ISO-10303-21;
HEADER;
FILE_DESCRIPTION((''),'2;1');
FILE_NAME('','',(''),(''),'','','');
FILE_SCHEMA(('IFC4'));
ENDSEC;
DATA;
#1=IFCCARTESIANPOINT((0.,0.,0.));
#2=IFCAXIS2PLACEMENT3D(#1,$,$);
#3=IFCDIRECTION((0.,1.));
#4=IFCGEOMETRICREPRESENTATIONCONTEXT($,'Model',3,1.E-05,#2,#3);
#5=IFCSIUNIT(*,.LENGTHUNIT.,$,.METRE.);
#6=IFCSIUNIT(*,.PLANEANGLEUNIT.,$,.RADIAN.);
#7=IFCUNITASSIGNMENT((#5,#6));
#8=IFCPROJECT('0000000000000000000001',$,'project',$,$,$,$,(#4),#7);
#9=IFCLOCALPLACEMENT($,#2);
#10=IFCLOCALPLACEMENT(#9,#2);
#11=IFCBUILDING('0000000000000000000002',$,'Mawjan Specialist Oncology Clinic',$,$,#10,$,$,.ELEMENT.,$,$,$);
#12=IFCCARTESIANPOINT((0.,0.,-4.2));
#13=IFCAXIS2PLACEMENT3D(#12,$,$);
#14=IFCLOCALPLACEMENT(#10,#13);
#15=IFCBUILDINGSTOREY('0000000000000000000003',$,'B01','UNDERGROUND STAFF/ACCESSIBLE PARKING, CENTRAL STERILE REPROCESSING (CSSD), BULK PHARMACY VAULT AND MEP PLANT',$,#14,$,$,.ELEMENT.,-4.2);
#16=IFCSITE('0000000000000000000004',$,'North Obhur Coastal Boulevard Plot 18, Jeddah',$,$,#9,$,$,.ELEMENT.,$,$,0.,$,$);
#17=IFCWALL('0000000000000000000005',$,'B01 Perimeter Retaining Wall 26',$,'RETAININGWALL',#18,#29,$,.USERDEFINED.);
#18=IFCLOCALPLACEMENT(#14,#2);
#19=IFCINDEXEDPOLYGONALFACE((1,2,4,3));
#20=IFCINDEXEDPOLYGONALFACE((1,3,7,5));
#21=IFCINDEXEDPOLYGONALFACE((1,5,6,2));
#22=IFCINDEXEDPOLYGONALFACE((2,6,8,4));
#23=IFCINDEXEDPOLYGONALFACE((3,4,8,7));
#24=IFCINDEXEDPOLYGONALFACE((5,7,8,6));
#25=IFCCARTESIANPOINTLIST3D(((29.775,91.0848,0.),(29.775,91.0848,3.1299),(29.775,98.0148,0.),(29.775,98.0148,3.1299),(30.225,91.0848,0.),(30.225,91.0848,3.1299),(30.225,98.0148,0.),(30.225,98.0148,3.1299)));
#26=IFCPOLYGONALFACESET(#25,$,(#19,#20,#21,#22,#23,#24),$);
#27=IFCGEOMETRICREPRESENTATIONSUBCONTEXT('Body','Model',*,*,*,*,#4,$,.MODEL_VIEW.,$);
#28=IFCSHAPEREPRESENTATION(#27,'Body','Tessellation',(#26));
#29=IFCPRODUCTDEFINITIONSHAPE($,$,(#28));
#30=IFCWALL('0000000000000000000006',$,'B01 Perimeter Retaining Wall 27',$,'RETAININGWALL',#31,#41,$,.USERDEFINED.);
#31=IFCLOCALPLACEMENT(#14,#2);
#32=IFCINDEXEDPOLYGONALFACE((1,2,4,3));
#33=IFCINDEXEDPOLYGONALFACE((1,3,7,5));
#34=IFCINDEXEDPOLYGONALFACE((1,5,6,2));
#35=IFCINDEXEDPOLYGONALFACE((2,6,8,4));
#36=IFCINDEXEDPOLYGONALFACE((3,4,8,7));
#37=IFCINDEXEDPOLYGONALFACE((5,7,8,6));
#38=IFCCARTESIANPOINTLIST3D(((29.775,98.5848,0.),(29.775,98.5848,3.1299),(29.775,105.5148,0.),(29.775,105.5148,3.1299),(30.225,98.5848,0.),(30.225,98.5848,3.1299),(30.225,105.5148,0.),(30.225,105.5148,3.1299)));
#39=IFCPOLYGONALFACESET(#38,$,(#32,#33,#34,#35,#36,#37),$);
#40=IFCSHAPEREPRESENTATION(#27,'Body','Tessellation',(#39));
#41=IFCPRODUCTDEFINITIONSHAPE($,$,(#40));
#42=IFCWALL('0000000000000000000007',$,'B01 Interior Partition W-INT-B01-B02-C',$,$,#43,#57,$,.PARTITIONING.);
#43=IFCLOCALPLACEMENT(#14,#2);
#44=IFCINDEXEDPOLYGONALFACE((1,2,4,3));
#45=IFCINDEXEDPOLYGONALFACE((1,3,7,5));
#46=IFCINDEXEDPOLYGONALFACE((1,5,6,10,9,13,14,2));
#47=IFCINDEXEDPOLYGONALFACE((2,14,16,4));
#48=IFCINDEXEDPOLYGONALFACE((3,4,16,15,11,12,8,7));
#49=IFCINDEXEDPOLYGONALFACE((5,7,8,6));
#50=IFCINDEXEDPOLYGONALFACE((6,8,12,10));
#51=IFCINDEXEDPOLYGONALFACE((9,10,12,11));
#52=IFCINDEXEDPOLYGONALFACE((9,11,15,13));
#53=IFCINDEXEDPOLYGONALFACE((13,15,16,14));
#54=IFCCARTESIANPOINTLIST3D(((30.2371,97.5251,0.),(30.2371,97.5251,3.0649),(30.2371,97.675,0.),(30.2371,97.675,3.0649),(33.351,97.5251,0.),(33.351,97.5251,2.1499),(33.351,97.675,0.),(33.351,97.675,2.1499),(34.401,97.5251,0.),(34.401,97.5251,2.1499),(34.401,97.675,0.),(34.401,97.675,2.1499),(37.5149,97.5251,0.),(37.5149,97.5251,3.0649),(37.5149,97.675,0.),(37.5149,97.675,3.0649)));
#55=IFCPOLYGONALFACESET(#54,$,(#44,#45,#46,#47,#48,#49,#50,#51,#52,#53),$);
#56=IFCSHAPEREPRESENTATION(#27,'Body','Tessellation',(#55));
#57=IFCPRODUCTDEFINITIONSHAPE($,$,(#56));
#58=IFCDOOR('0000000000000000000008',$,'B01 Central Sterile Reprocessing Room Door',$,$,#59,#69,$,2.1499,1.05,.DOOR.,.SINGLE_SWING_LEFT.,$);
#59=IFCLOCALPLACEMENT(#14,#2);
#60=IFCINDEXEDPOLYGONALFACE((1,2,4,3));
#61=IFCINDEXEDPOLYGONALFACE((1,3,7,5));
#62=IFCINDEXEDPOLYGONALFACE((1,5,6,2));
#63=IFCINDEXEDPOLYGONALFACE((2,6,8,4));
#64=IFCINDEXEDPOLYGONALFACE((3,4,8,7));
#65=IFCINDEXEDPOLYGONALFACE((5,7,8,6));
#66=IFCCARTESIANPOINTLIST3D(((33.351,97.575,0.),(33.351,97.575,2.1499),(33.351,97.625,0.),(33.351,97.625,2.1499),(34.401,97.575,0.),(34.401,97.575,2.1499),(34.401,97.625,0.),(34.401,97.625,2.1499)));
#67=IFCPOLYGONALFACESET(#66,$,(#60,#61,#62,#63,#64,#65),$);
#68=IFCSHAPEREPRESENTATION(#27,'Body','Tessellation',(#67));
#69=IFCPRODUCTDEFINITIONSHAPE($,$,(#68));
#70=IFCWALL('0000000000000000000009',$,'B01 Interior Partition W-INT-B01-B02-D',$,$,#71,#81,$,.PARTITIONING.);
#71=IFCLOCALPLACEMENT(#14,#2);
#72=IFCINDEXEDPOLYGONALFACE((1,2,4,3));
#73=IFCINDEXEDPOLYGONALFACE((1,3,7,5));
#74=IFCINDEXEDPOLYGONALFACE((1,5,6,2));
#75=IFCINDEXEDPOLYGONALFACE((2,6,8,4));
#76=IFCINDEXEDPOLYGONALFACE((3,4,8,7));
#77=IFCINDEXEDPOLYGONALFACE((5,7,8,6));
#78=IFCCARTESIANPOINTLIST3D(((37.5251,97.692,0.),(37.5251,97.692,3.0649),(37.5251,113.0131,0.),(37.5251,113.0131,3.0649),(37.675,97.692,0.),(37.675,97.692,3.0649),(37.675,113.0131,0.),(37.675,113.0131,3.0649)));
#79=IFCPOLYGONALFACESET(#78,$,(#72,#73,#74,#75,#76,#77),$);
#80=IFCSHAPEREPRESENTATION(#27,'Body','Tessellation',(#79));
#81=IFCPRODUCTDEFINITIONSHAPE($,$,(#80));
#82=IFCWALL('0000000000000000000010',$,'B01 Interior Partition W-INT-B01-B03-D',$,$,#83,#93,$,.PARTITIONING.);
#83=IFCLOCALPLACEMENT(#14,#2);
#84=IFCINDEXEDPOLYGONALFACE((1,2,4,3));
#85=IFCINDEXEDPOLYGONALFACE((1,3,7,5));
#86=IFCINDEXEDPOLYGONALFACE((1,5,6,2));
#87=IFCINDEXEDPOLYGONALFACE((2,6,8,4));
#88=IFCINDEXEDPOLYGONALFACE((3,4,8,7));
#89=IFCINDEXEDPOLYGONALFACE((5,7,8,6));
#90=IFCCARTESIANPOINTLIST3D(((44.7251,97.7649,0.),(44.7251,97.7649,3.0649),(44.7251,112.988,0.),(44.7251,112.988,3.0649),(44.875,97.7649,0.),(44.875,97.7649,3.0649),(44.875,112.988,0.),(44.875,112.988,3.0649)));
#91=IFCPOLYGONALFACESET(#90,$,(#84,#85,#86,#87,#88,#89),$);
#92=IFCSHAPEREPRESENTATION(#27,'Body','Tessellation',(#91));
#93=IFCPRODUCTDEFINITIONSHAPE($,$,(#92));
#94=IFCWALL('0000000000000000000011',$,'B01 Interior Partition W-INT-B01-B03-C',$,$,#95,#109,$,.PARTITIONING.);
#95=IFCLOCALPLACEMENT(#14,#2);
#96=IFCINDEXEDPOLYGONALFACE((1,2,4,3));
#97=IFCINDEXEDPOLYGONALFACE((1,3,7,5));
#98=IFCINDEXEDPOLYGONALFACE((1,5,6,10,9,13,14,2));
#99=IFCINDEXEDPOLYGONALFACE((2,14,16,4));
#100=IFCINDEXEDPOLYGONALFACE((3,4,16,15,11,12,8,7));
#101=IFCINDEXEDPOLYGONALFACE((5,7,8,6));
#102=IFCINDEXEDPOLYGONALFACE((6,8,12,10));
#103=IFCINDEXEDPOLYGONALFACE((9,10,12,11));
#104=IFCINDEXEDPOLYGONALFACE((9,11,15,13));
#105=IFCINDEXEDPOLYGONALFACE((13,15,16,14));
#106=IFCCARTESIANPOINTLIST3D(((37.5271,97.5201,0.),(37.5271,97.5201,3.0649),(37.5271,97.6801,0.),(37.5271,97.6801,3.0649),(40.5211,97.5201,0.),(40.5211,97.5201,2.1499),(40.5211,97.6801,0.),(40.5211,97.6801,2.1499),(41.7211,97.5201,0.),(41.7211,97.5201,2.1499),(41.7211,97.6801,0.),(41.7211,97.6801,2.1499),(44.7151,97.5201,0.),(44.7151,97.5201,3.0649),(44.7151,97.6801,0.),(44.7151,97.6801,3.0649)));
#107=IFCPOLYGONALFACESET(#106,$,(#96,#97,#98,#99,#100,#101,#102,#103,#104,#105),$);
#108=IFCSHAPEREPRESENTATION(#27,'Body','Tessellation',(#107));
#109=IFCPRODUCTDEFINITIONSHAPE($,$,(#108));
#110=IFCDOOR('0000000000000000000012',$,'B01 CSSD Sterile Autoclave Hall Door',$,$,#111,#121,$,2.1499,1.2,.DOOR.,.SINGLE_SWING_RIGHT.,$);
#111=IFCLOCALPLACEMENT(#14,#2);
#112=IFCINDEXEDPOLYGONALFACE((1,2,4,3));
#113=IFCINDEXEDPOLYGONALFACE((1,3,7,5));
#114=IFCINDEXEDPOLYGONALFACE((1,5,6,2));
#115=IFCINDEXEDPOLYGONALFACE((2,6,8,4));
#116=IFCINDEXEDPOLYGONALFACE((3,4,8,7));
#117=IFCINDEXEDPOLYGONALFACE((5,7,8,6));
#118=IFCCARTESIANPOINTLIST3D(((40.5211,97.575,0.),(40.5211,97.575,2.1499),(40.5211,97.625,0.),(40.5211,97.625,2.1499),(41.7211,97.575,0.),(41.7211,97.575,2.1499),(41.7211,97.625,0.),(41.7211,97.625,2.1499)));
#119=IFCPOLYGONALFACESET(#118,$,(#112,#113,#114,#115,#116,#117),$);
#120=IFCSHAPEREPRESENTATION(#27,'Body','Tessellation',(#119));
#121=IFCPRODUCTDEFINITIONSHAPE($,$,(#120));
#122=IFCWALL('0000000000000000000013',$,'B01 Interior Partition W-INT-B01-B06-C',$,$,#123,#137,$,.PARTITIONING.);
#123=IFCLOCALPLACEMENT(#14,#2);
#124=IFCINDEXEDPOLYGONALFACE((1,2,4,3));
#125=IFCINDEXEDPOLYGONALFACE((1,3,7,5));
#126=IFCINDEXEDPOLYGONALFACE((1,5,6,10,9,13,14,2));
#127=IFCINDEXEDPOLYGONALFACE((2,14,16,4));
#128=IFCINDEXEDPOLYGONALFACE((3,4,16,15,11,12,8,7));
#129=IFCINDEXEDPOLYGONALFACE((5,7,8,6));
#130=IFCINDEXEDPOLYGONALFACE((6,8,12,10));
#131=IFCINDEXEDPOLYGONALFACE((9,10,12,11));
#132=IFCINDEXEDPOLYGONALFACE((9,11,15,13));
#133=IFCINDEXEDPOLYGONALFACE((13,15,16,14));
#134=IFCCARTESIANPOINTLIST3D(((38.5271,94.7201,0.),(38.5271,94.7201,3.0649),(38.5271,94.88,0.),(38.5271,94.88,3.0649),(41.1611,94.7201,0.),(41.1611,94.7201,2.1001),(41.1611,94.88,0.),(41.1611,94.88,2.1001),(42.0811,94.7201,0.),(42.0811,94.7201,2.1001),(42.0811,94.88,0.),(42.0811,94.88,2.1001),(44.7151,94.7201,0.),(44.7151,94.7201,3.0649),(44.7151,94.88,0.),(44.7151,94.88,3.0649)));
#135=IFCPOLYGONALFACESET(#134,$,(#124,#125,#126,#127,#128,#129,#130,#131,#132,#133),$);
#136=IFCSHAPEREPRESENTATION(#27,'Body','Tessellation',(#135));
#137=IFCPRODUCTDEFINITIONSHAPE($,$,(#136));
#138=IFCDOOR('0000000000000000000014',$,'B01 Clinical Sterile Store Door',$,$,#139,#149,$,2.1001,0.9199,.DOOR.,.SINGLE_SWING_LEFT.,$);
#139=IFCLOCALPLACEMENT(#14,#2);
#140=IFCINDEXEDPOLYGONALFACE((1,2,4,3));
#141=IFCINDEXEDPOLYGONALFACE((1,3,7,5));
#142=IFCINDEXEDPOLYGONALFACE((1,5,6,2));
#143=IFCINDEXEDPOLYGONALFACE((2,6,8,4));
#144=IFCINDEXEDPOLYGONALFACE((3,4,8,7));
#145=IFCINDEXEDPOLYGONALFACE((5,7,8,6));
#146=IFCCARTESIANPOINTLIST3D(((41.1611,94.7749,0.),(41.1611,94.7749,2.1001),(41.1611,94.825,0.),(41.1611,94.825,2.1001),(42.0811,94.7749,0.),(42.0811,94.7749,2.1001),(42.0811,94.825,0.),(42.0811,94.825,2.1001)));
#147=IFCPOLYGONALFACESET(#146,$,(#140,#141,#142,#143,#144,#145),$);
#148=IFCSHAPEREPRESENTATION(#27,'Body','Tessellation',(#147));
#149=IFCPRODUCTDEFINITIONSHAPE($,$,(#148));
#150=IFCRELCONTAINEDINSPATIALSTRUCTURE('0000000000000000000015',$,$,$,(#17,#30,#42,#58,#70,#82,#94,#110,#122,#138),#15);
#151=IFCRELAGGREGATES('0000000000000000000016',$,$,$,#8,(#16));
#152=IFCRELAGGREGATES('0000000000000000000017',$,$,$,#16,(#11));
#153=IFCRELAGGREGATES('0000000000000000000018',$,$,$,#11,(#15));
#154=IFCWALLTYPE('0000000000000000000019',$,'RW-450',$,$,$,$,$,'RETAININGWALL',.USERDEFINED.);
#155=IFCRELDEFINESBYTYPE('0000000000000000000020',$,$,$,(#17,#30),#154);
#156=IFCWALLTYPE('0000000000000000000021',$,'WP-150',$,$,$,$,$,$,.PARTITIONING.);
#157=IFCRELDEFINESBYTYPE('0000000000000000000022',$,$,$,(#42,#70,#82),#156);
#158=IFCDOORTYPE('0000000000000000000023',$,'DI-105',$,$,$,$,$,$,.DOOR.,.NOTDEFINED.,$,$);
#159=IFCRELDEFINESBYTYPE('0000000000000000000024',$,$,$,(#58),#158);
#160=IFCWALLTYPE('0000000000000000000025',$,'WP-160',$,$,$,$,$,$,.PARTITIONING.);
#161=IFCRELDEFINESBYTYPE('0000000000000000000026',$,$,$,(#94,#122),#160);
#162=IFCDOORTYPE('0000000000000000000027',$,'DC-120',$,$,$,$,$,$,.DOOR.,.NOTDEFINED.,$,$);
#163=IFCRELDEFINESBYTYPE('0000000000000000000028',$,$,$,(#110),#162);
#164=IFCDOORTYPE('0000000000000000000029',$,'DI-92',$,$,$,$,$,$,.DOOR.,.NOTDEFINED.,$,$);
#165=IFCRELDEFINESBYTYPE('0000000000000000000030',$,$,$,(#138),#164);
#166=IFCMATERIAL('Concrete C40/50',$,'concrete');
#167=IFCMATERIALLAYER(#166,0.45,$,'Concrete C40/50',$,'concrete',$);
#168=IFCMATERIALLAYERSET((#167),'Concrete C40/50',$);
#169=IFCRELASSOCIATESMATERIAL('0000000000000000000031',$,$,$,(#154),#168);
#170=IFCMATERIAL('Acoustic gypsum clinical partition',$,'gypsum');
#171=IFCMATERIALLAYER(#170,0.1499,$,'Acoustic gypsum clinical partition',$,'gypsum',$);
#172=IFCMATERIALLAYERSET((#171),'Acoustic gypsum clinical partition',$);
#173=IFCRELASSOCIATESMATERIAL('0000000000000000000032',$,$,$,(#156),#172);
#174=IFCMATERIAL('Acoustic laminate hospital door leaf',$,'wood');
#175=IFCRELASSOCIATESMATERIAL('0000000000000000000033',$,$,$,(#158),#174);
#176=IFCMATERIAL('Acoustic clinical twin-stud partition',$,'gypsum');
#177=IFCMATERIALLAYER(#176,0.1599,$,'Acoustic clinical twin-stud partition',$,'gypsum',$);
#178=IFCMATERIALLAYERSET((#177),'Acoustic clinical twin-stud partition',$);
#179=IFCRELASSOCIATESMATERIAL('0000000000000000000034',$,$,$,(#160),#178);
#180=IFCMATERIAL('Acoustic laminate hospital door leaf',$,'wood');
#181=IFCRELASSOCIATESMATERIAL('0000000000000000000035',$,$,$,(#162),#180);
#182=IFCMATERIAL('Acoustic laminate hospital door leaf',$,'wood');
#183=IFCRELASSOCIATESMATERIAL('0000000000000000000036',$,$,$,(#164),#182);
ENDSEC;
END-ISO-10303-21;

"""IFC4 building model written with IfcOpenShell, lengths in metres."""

from ifc_helpers import new_model, si_unit, direction, frame, frame_2d, origin, place, context, subcontext, project, spatial, rectangle, extrude, material, layer, layer_set, type_object, element, fill, save


model = new_model("IFC4")

# Units and contexts
model_context = context("Model", 3, precision=1e-05, world=origin(), true_north=direction((0.0, 1.0)))
body_context = subcontext(model_context, "Body", "Model", "MODEL_VIEW")
ifc_project = project(units=[si_unit("LENGTHUNIT", "METRE"), si_unit("PLANEANGLEUNIT", "RADIAN")], contexts=[model_context])

# Site, building, storey
site_placement = place(None, origin())
site = spatial("IfcSite", under=ifc_project, at=site_placement, Name="North Obhur Coastal Boulevard Plot 18, Jeddah", CompositionType="ELEMENT", RefElevation=0.0)
building_placement = place(site_placement, origin())
building = spatial("IfcBuilding", under=site, at=building_placement, Name="Mawjan Specialist Oncology Clinic", CompositionType="ELEMENT")
storey_placement = place(building_placement, frame((0.0, 0.0, -4.2)))
storey = spatial("IfcBuildingStorey", under=building, at=storey_placement, Name="B01", Description="UNDERGROUND STAFF/ACCESSIBLE PARKING, CENTRAL STERILE REPROCESSING (CSSD), BULK PHARMACY VAULT AND MEP PLANT", CompositionType="ELEMENT", Elevation=-4.2)

# Walls
ifc_material_1 = material(Name="Concrete C40/50", Category="concrete")
ifc_layer_1 = layer(ifc_material_1, 0.45, Name="Concrete C40/50", Category="concrete")
ifc_layer_set_1 = layer_set([ifc_layer_1], Name="Concrete C40/50")
wall_type_1 = type_object("IfcWallType", Name="RW-450", ElementType="RETAININGWALL", PredefinedType="USERDEFINED", material=ifc_layer_set_1)
for number, where, z_axis, x_axis, name in (
    (1, (30.0, 91.085, 0.0), (0.0, 0.0, 1.0), (0.0, 1.0, 0.0), "B01 Perimeter Retaining Wall 26"),
    (2, (30.0, 98.585, 0.0), (0.0, 0.0, 1.0), (0.0, 1.0, 0.0), "B01 Perimeter Retaining Wall 27"),
):
    element("IfcWall", number, at=place(storey_placement, frame(where, z_axis=z_axis, x_axis=x_axis)), inside=storey, type_object=wall_type_1, Name=name, ObjectType="RETAININGWALL", PredefinedType="USERDEFINED", context=body_context, shape_type="SweptSolid", body=[
        extrude(rectangle(XDim=6.9299, YDim=0.45, at=frame_2d((3.4648, 0.0))), origin(), (0.0, 0.0, 1.0), 3.1299),
    ])

# Wall, opening, door
ifc_material_2 = material(Name="Acoustic gypsum clinical partition", Category="gypsum")
ifc_layer_2 = layer(ifc_material_2, 0.1499, Name="Acoustic gypsum clinical partition", Category="gypsum")
ifc_layer_set_2 = layer_set([ifc_layer_2], Name="Acoustic gypsum clinical partition")
wall_type_2 = type_object("IfcWallType", Name="WP-150", PredefinedType="PARTITIONING", material=ifc_layer_set_2)
wall_1_placement = place(storey_placement, frame((30.2371, 97.6001, 0.0), z_axis=(0.0, 0.0, 1.0), x_axis=(1.0, 0.0, 0.0)))
wall_1 = element("IfcWall", 3, at=wall_1_placement, inside=storey, type_object=wall_type_2, Name="B01 Interior Partition W-INT-B01-B02-C", PredefinedType="PARTITIONING", context=body_context, shape_type="SweptSolid", body=[
    extrude(rectangle(XDim=7.2778, YDim=0.1499, at=frame_2d((3.6389, 0.0))), origin(), (0.0, 0.0, 1.0), 3.0649),
])
opening_1_placement = place(wall_1_placement, frame((3.114, 0.0, 0.0)))
opening_1 = element("IfcOpeningElement", 4, at=opening_1_placement, cuts=wall_1, PredefinedType="OPENING", context=body_context, shape_type="SweptSolid", body=[
    extrude(rectangle(XDim=1.05, YDim=2.1499, at=frame_2d((0.5249, 1.075))), frame((0.0, 0.0869, 0.0), z_axis=(0.0, -1.0, 0.0), x_axis=(1.0, 0.0, 0.0)), (0.0, 0.0, 1.0), 0.1738),
])
ifc_material_3 = material(Name="Acoustic laminate hospital door leaf", Category="wood")
door_type_1 = type_object("IfcDoorType", Name="DI-105", OperationType="NOTDEFINED", PredefinedType="DOOR", material=ifc_material_3)
door_1_placement = place(opening_1_placement, origin())
door_1 = element("IfcDoor", 5, at=door_1_placement, inside=storey, type_object=door_type_1, Name="B01 Central Sterile Reprocessing Room Door", OperationType="SINGLE_SWING_LEFT", OverallHeight=2.1499, OverallWidth=1.05, PredefinedType="DOOR", context=body_context, shape_type="SweptSolid", body=[
    extrude(rectangle(XDim=1.05, YDim=2.1499, at=frame_2d((0.5249, 1.075))), frame((0.0, 0.0249, 0.0), z_axis=(0.0, -1.0, 0.0), x_axis=(1.0, 0.0, 0.0)), (0.0, 0.0, 1.0), 0.05),
])
fill(opening_1, door_1)

# Walls
wall_2_placement = place(storey_placement, frame((37.6001, 97.6919, 0.0), z_axis=(0.0, 0.0, 1.0), x_axis=(0.0, 1.0, 0.0)))
element("IfcWall", 6, at=wall_2_placement, inside=storey, type_object=wall_type_2, Name="B01 Interior Partition W-INT-B01-B02-D", PredefinedType="PARTITIONING", context=body_context, shape_type="SweptSolid", body=[
    extrude(rectangle(XDim=15.321, YDim=0.1499, at=frame_2d((7.6606, 0.0))), origin(), (0.0, 0.0, 1.0), 3.0649),
])
wall_3_placement = place(storey_placement, frame((44.8, 97.7649, 0.0), z_axis=(0.0, 0.0, 1.0), x_axis=(0.0, 1.0, 0.0)))
element("IfcWall", 7, at=wall_3_placement, inside=storey, type_object=wall_type_2, Name="B01 Interior Partition W-INT-B01-B03-D", PredefinedType="PARTITIONING", context=body_context, shape_type="SweptSolid", body=[
    extrude(rectangle(XDim=15.2231, YDim=0.1499, at=frame_2d((7.6116, 0.0))), origin(), (0.0, 0.0, 1.0), 3.0649),
])

# Walls, openings, doors
ifc_material_4 = material(Name="Acoustic clinical twin-stud partition", Category="gypsum")
ifc_layer_3 = layer(ifc_material_4, 0.1599, Name="Acoustic clinical twin-stud partition", Category="gypsum")
ifc_layer_set_3 = layer_set([ifc_layer_3], Name="Acoustic clinical twin-stud partition")
wall_type_3 = type_object("IfcWallType", Name="WP-160", PredefinedType="PARTITIONING", material=ifc_layer_set_3)
wall_4_placement = place(storey_placement, frame((37.5271, 97.6001, 0.0), z_axis=(0.0, 0.0, 1.0), x_axis=(1.0, 0.0, 0.0)))
wall_4 = element("IfcWall", 8, at=wall_4_placement, inside=storey, type_object=wall_type_3, Name="B01 Interior Partition W-INT-B01-B03-C", PredefinedType="PARTITIONING", context=body_context, shape_type="SweptSolid", body=[
    extrude(rectangle(XDim=7.188, YDim=0.1599, at=frame_2d((3.594, 0.0))), origin(), (0.0, 0.0, 1.0), 3.0649),
])
opening_2_placement = place(wall_4_placement, frame((2.9939, 0.0, 0.0)))
opening_2 = element("IfcOpeningElement", 9, at=opening_2_placement, cuts=wall_4, PredefinedType="OPENING", context=body_context, shape_type="SweptSolid", body=[
    extrude(rectangle(XDim=1.2, YDim=2.1499, at=frame_2d((0.6001, 1.075))), frame((0.0, 0.092, 0.0), z_axis=(0.0, -1.0, 0.0), x_axis=(1.0, 0.0, 0.0)), (0.0, 0.0, 1.0), 0.1838),
])
ifc_material_5 = material(Name="Acoustic laminate hospital door leaf", Category="wood")
door_type_2 = type_object("IfcDoorType", Name="DC-120", OperationType="NOTDEFINED", PredefinedType="DOOR", material=ifc_material_5)
door_2_placement = place(opening_2_placement, origin())
door_2 = element("IfcDoor", 10, at=door_2_placement, inside=storey, type_object=door_type_2, Name="B01 CSSD Sterile Autoclave Hall Door", OperationType="SINGLE_SWING_RIGHT", OverallHeight=2.1499, OverallWidth=1.2, PredefinedType="DOOR", context=body_context, shape_type="SweptSolid", body=[
    extrude(rectangle(XDim=1.2, YDim=2.1499, at=frame_2d((0.6001, 1.075))), frame((0.0, 0.0249, 0.0), z_axis=(0.0, -1.0, 0.0), x_axis=(1.0, 0.0, 0.0)), (0.0, 0.0, 1.0), 0.05),
])
fill(opening_2, door_2)
wall_5_placement = place(storey_placement, frame((38.5271, 94.8, 0.0), z_axis=(0.0, 0.0, 1.0), x_axis=(1.0, 0.0, 0.0)))
wall_5 = element("IfcWall", 11, at=wall_5_placement, inside=storey, type_object=wall_type_3, Name="B01 Interior Partition W-INT-B01-B06-C", PredefinedType="PARTITIONING", context=body_context, shape_type="SweptSolid", body=[
    extrude(rectangle(XDim=6.188, YDim=0.1599, at=frame_2d((3.094, 0.0))), origin(), (0.0, 0.0, 1.0), 3.0649),
])
opening_3_placement = place(wall_5_placement, frame((2.634, 0.0, 0.0)))
opening_3 = element("IfcOpeningElement", 12, at=opening_3_placement, cuts=wall_5, PredefinedType="OPENING", context=body_context, shape_type="SweptSolid", body=[
    extrude(rectangle(XDim=0.9199, YDim=2.1001, at=frame_2d((0.46, 1.05))), frame((0.0, 0.092, 0.0), z_axis=(0.0, -1.0, 0.0), x_axis=(1.0, 0.0, 0.0)), (0.0, 0.0, 1.0), 0.1838),
])
ifc_material_6 = material(Name="Acoustic laminate hospital door leaf", Category="wood")
door_type_3 = type_object("IfcDoorType", Name="DI-92", OperationType="NOTDEFINED", PredefinedType="DOOR", material=ifc_material_6)
door_3_placement = place(opening_3_placement, origin())
door_3 = element("IfcDoor", 13, at=door_3_placement, inside=storey, type_object=door_type_3, Name="B01 Clinical Sterile Store Door", OperationType="SINGLE_SWING_LEFT", OverallHeight=2.1001, OverallWidth=0.9199, PredefinedType="DOOR", context=body_context, shape_type="SweptSolid", body=[
    extrude(rectangle(XDim=0.9199, YDim=2.1001, at=frame_2d((0.46, 1.05))), frame((0.0, 0.0249, 0.0), z_axis=(0.0, -1.0, 0.0), x_axis=(1.0, 0.0, 0.0)), (0.0, 0.0, 1.0), 0.05),
])
fill(opening_3, door_3)

save(model, "model.ifc")
